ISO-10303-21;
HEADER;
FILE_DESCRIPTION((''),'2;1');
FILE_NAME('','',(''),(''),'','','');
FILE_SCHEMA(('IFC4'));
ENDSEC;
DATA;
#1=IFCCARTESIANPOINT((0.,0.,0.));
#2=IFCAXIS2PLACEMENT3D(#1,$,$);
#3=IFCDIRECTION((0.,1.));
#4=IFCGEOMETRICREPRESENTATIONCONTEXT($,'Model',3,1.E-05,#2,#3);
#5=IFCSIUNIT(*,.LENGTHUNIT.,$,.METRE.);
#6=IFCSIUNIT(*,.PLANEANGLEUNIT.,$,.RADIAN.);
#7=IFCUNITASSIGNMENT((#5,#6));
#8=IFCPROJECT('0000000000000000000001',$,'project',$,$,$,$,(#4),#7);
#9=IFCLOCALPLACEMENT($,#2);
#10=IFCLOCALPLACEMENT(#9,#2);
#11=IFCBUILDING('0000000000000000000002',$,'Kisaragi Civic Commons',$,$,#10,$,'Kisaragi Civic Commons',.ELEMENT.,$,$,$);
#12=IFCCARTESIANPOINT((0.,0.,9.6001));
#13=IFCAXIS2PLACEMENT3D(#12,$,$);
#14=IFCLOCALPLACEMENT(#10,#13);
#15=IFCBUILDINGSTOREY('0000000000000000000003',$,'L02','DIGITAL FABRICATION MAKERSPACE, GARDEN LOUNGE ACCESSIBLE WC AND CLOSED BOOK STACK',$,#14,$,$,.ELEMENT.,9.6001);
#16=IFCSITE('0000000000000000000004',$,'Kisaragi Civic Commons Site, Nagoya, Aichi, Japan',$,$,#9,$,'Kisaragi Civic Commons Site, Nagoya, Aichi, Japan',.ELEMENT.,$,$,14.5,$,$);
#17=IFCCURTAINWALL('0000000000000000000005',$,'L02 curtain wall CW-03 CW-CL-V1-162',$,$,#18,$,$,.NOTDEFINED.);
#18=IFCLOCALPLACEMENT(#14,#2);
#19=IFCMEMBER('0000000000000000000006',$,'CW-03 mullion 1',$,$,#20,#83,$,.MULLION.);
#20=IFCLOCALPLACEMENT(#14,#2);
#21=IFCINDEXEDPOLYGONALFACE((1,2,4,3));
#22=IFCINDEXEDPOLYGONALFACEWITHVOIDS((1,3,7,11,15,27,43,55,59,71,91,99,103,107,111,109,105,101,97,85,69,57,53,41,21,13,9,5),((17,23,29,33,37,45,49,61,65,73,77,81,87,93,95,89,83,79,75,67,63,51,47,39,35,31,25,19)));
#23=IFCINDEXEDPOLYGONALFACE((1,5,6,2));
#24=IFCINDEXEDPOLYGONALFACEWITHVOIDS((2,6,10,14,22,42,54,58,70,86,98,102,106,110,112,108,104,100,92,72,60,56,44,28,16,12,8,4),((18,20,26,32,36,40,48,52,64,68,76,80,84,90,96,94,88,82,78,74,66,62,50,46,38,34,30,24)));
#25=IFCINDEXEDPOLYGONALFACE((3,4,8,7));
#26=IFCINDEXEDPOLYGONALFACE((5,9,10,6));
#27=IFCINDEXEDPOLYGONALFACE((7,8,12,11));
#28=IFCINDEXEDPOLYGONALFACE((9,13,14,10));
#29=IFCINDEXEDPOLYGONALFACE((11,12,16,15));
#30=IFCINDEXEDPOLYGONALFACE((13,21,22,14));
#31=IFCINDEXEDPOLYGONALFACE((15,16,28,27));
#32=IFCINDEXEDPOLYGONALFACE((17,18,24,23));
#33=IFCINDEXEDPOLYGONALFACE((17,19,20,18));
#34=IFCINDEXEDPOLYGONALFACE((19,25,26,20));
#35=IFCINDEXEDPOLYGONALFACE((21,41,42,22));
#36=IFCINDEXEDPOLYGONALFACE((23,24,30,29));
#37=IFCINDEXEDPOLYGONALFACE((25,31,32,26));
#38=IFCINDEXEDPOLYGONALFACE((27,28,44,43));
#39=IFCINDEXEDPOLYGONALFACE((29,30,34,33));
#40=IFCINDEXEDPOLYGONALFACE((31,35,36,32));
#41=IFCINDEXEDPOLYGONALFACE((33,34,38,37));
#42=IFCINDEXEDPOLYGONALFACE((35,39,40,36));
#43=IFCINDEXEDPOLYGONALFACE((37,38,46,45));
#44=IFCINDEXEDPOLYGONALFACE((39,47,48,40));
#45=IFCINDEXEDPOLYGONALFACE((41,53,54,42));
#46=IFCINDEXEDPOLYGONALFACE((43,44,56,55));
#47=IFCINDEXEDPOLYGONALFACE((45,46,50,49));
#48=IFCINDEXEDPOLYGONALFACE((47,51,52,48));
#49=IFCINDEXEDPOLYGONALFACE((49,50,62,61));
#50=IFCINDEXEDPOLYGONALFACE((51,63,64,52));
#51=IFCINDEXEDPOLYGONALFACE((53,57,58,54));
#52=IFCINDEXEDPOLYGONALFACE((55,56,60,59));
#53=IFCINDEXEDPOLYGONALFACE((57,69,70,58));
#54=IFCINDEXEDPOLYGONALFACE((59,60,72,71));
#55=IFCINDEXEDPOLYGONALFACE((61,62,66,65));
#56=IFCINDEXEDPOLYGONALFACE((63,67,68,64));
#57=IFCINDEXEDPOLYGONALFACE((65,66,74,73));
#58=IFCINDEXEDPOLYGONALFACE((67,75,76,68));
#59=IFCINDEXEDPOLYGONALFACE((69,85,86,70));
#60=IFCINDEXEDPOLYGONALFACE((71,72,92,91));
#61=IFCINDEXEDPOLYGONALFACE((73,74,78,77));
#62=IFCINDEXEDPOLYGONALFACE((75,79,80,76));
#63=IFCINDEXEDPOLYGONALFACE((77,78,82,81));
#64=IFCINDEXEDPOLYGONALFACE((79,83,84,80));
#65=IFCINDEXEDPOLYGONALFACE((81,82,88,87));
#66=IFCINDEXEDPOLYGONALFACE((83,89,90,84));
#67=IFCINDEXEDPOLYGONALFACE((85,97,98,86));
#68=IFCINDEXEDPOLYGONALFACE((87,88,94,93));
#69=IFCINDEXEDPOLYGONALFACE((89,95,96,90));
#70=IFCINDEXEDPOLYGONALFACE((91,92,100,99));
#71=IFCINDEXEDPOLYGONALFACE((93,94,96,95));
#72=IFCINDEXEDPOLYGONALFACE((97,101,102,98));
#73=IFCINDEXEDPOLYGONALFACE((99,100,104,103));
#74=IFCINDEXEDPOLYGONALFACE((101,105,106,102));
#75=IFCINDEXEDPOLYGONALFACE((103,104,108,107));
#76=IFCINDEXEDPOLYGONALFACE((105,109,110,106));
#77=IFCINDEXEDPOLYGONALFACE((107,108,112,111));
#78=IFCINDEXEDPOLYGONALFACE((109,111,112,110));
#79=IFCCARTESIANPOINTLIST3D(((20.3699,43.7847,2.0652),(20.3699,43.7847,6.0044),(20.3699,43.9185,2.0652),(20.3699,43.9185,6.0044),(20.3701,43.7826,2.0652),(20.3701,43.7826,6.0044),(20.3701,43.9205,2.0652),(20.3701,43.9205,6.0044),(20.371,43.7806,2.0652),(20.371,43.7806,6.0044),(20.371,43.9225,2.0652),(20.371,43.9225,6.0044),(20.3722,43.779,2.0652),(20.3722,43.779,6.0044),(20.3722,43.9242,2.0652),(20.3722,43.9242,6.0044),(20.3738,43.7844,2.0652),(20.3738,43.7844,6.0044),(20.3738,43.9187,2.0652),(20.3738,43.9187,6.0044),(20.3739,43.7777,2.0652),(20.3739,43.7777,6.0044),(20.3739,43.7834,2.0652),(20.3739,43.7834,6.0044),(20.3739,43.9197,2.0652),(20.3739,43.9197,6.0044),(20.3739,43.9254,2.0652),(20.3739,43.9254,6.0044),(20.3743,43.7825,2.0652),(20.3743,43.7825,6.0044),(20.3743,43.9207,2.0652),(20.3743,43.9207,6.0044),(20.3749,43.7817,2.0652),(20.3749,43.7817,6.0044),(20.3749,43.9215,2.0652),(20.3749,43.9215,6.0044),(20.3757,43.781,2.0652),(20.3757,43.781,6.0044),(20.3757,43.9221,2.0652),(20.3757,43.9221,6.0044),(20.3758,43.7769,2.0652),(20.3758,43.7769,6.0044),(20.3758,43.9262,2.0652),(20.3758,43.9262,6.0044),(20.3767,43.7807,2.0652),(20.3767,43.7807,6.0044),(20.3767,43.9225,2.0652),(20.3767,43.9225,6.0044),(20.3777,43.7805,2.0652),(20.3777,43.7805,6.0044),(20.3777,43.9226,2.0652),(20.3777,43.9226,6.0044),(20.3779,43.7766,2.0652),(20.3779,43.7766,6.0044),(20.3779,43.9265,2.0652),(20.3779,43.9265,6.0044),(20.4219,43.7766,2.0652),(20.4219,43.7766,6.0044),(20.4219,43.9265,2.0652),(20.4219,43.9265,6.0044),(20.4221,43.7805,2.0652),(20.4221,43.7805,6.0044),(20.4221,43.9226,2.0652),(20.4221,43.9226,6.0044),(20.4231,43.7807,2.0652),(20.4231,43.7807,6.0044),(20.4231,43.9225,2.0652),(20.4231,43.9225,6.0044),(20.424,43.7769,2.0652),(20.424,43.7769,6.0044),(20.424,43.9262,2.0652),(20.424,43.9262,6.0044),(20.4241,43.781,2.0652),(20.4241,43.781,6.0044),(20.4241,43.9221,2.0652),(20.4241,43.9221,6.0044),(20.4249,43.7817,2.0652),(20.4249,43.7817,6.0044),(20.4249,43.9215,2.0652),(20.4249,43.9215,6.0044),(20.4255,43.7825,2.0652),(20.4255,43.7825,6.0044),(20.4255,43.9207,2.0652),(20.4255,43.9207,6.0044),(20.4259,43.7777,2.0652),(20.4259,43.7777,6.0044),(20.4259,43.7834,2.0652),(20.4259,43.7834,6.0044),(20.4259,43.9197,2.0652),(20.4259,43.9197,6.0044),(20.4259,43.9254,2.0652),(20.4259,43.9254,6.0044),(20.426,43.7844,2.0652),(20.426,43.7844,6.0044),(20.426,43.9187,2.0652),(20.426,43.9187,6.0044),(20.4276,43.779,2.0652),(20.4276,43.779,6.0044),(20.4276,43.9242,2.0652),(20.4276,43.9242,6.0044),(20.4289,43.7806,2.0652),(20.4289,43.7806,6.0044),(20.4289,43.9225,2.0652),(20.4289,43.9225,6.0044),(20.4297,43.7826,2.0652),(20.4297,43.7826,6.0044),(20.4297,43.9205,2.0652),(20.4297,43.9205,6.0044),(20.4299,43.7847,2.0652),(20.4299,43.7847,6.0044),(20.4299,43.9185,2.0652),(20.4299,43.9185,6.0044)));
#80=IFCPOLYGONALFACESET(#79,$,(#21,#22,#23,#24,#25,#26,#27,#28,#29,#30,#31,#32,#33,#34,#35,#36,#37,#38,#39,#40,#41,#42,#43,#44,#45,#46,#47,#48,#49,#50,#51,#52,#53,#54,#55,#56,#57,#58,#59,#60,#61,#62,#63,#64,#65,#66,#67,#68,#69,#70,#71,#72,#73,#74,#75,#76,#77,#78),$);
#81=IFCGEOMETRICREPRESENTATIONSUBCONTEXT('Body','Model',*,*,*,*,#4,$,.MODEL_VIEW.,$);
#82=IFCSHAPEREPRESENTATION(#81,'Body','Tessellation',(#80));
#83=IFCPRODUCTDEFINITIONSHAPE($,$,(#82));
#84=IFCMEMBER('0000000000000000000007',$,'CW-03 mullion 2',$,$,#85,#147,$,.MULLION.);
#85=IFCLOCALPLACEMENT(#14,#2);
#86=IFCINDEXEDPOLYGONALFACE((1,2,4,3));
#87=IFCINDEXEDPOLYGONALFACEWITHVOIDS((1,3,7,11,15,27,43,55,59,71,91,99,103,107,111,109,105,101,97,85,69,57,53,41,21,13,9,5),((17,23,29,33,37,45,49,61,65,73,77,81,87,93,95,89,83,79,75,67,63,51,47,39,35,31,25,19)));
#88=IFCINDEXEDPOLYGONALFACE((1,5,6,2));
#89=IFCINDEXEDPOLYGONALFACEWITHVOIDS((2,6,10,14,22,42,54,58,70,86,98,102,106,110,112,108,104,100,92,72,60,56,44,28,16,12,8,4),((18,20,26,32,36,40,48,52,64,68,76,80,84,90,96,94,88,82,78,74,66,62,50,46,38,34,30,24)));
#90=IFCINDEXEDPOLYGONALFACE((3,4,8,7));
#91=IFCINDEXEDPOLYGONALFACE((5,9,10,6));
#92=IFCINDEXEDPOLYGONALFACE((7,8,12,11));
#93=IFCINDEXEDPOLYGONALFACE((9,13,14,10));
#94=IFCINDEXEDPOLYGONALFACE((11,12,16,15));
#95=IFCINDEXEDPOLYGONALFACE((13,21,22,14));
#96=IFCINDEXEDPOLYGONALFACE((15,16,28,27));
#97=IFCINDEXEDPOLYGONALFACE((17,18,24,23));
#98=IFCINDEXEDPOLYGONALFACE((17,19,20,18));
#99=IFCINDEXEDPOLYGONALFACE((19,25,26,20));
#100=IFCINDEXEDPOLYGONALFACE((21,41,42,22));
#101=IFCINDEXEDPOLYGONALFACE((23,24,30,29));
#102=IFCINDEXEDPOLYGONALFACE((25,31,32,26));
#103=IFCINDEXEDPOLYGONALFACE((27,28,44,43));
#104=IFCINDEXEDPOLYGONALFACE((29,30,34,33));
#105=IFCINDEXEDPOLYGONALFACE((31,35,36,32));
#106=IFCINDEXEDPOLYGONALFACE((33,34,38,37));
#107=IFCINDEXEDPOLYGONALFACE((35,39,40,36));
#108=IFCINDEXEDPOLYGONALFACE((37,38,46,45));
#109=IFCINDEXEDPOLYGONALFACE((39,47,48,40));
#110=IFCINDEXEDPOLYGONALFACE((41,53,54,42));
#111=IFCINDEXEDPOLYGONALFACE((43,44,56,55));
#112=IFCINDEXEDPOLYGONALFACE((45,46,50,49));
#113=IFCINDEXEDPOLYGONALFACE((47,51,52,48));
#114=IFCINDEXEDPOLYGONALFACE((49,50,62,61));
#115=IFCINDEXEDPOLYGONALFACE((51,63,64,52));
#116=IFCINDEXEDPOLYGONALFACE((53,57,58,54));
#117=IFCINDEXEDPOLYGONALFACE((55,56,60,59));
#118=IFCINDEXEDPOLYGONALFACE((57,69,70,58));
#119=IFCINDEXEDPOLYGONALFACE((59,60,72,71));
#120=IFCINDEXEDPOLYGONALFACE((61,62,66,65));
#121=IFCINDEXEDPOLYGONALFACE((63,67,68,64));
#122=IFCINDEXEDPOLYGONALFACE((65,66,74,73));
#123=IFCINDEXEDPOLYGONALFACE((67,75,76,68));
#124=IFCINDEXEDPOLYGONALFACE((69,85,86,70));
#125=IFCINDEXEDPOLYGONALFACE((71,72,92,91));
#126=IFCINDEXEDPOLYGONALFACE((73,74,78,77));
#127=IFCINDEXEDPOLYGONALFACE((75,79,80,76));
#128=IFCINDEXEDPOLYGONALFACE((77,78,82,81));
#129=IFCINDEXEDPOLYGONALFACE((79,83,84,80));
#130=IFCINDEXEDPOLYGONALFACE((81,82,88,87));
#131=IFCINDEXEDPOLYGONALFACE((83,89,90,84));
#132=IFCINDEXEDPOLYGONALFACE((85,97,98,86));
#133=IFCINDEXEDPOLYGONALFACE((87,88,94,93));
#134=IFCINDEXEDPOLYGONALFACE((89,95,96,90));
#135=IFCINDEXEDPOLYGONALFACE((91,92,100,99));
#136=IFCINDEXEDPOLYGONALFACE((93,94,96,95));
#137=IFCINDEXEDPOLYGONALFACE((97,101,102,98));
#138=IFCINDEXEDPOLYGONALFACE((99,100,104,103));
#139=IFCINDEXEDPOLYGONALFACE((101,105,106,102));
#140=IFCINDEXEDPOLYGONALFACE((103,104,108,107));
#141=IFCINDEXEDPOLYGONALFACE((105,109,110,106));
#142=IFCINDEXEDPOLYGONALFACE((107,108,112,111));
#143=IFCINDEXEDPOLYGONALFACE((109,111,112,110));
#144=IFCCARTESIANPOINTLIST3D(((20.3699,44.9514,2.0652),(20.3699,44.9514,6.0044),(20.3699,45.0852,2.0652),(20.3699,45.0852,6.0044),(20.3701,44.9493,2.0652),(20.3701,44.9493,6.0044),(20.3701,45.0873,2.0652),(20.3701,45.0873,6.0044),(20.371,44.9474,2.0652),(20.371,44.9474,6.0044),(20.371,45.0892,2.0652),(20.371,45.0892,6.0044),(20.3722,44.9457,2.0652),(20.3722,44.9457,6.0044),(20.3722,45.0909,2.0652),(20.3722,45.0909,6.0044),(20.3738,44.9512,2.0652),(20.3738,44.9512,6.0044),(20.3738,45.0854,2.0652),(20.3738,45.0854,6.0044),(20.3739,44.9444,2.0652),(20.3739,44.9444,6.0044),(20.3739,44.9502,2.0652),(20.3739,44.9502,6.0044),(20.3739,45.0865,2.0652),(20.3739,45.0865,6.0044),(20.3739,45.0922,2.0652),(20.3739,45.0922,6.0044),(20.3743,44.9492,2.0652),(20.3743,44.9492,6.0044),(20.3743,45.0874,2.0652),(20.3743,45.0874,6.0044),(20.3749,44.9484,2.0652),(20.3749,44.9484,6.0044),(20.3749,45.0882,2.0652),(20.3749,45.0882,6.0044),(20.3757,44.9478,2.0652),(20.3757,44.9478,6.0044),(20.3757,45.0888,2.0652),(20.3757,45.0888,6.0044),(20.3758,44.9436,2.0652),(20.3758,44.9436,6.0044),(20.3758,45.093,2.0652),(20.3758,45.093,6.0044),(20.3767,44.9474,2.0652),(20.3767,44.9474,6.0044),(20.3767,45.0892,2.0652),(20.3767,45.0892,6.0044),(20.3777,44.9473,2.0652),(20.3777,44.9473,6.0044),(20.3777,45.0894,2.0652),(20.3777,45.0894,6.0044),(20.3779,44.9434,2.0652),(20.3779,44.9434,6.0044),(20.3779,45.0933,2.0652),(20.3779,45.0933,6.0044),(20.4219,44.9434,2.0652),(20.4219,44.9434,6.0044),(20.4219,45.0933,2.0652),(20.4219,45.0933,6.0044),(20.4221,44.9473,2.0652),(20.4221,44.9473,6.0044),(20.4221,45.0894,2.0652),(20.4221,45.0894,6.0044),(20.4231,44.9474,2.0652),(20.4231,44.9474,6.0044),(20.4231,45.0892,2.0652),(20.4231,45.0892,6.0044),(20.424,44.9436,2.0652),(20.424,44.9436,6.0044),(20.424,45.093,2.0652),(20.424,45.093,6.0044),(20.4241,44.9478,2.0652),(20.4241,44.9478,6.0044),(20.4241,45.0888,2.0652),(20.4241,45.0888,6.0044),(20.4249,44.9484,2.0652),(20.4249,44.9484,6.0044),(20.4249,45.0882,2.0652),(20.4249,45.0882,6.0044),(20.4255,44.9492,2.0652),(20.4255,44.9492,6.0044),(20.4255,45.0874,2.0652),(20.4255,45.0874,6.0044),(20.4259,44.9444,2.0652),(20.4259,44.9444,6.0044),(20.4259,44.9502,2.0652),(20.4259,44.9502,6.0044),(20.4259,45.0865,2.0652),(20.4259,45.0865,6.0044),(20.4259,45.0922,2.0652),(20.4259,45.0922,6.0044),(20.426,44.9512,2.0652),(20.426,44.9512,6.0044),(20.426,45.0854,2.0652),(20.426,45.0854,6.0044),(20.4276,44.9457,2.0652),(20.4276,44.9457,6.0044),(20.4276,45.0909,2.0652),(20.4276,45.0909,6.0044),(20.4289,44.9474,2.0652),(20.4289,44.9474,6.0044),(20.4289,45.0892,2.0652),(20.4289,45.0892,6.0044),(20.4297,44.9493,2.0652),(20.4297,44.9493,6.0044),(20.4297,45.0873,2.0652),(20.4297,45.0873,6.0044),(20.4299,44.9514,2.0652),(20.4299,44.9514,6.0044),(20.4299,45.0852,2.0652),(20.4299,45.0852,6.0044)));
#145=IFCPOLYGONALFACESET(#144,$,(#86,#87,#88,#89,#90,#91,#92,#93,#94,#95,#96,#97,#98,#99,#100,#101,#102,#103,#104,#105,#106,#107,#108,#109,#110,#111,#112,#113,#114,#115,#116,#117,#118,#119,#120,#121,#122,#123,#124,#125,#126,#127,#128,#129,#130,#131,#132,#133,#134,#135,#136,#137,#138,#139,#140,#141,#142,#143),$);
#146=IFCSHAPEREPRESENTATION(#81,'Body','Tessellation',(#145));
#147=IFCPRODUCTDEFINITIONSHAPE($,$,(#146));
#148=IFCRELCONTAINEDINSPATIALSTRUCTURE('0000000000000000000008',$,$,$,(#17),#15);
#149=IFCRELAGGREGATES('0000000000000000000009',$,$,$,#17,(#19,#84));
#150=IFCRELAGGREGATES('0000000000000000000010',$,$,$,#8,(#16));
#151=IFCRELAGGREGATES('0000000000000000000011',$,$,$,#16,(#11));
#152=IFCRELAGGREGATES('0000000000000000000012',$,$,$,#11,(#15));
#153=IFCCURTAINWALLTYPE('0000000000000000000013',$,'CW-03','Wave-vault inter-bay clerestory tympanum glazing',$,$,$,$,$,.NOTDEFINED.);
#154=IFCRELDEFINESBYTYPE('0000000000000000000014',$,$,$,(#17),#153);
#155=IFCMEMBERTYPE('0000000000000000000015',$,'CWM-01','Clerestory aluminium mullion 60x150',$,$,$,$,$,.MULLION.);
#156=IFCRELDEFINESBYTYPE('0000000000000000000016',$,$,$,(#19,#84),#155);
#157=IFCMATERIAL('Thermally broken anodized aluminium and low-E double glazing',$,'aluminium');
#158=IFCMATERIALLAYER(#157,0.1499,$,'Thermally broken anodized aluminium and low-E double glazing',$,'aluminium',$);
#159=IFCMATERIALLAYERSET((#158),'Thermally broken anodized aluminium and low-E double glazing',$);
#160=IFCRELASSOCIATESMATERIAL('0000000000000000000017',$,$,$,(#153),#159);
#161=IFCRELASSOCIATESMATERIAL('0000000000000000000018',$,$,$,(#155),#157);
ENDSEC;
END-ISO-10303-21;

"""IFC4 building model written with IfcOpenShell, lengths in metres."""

from ifc_helpers import new_model, si_unit, direction, frame, origin, origin_2d, place, context, subcontext, project, spatial, hollow_rectangle, extrude, material, layer, layer_set, material_profile, profile_set, type_object, element, aggregate, save


model = new_model("IFC4")

# Units and contexts
model_context = context("Model", 3, precision=1e-05, world=origin(), true_north=direction((0.0, 1.0)))
body_context = subcontext(model_context, "Body", "Model", "MODEL_VIEW")
ifc_project = project(units=[si_unit("LENGTHUNIT", "METRE"), si_unit("PLANEANGLEUNIT", "RADIAN")], contexts=[model_context])

# Site, building, storey
site_placement = place(None, origin())
site = spatial("IfcSite", under=ifc_project, at=site_placement, Name="Kisaragi Civic Commons Site, Nagoya, Aichi, Japan", LongName="Kisaragi Civic Commons Site, Nagoya, Aichi, Japan", CompositionType="ELEMENT", RefElevation=14.5)
building_placement = place(site_placement, origin())
building = spatial("IfcBuilding", under=site, at=building_placement, Name="Kisaragi Civic Commons", LongName="Kisaragi Civic Commons", CompositionType="ELEMENT")
storey_placement = place(building_placement, frame((0.0, 0.0, 9.6001)))
storey = spatial("IfcBuildingStorey", under=building, at=storey_placement, Name="L02", Description="DIGITAL FABRICATION MAKERSPACE, GARDEN LOUNGE ACCESSIBLE WC AND CLOSED BOOK STACK", CompositionType="ELEMENT", Elevation=9.6001)

# Curtain wall, members
ifc_material_1 = material(Name="Thermally broken anodized aluminium and low-E double glazing", Category="aluminium")
ifc_layer_1 = layer(ifc_material_1, 0.1499, Name="Thermally broken anodized aluminium and low-E double glazing", Category="aluminium")
ifc_layer_set_1 = layer_set([ifc_layer_1], Name="Thermally broken anodized aluminium and low-E double glazing")
curtain_wall_type = type_object("IfcCurtainWallType", Name="CW-03", Description="Wave-vault inter-bay clerestory tympanum glazing", PredefinedType="NOTDEFINED", material=ifc_layer_set_1)
curtain_wall_placement = place(storey_placement, origin())
curtain_wall = element("IfcCurtainWall", 1, at=curtain_wall_placement, inside=storey, type_object=curtain_wall_type, Name="L02 curtain wall CW-03 CW-CL-V1-162", PredefinedType="NOTDEFINED")
ifc_material_profile_1 = material_profile(ifc_material_1, hollow_rectangle(XDim=0.0601, YDim=0.1499, WallThickness=0.0039, InnerFilletRadius=0.0039, OuterFilletRadius=0.0081, at=origin_2d()), Name="CWM-60x150x4", Category="aluminium")
ifc_profile_set_1 = profile_set([ifc_material_profile_1], Name="Thermally broken anodized aluminium and low-E double glazing")
member_type_1 = type_object("IfcMemberType", Name="CWM-01", Description="Clerestory aluminium mullion 60x150", PredefinedType="MULLION", material=ifc_profile_set_1)
member_1_placement = place(storey_placement, frame((20.3999, 43.8516, 2.0652), z_axis=(0.0, 0.0, 1.0), x_axis=(-1.0, 0.0, 0.0)))
member_1 = element("IfcMember", 2, at=member_1_placement, type_object=member_type_1, Name="CW-03 mullion 1", PredefinedType="MULLION", context=body_context, shape_type="SweptSolid", body=[
    extrude(hollow_rectangle(XDim=0.0601, YDim=0.1499, WallThickness=0.0039, InnerFilletRadius=0.0039, OuterFilletRadius=0.0081, at=origin_2d()), origin(), (0.0, 0.0, 1.0), 3.9392),
])
member_2_placement = place(storey_placement, frame((20.3999, 45.0183, 2.0652), z_axis=(0.0, 0.0, 1.0), x_axis=(-1.0, 0.0, 0.0)))
member_2 = element("IfcMember", 3, at=member_2_placement, type_object=member_type_1, Name="CW-03 mullion 2", PredefinedType="MULLION", context=body_context, shape_type="SweptSolid", body=[
    extrude(hollow_rectangle(XDim=0.0601, YDim=0.1499, WallThickness=0.0039, InnerFilletRadius=0.0039, OuterFilletRadius=0.0081, at=origin_2d()), origin(), (0.0, 0.0, 1.0), 3.9392),
])

aggregate(curtain_wall, [member_1, member_2])

save(model, "model.ifc")
